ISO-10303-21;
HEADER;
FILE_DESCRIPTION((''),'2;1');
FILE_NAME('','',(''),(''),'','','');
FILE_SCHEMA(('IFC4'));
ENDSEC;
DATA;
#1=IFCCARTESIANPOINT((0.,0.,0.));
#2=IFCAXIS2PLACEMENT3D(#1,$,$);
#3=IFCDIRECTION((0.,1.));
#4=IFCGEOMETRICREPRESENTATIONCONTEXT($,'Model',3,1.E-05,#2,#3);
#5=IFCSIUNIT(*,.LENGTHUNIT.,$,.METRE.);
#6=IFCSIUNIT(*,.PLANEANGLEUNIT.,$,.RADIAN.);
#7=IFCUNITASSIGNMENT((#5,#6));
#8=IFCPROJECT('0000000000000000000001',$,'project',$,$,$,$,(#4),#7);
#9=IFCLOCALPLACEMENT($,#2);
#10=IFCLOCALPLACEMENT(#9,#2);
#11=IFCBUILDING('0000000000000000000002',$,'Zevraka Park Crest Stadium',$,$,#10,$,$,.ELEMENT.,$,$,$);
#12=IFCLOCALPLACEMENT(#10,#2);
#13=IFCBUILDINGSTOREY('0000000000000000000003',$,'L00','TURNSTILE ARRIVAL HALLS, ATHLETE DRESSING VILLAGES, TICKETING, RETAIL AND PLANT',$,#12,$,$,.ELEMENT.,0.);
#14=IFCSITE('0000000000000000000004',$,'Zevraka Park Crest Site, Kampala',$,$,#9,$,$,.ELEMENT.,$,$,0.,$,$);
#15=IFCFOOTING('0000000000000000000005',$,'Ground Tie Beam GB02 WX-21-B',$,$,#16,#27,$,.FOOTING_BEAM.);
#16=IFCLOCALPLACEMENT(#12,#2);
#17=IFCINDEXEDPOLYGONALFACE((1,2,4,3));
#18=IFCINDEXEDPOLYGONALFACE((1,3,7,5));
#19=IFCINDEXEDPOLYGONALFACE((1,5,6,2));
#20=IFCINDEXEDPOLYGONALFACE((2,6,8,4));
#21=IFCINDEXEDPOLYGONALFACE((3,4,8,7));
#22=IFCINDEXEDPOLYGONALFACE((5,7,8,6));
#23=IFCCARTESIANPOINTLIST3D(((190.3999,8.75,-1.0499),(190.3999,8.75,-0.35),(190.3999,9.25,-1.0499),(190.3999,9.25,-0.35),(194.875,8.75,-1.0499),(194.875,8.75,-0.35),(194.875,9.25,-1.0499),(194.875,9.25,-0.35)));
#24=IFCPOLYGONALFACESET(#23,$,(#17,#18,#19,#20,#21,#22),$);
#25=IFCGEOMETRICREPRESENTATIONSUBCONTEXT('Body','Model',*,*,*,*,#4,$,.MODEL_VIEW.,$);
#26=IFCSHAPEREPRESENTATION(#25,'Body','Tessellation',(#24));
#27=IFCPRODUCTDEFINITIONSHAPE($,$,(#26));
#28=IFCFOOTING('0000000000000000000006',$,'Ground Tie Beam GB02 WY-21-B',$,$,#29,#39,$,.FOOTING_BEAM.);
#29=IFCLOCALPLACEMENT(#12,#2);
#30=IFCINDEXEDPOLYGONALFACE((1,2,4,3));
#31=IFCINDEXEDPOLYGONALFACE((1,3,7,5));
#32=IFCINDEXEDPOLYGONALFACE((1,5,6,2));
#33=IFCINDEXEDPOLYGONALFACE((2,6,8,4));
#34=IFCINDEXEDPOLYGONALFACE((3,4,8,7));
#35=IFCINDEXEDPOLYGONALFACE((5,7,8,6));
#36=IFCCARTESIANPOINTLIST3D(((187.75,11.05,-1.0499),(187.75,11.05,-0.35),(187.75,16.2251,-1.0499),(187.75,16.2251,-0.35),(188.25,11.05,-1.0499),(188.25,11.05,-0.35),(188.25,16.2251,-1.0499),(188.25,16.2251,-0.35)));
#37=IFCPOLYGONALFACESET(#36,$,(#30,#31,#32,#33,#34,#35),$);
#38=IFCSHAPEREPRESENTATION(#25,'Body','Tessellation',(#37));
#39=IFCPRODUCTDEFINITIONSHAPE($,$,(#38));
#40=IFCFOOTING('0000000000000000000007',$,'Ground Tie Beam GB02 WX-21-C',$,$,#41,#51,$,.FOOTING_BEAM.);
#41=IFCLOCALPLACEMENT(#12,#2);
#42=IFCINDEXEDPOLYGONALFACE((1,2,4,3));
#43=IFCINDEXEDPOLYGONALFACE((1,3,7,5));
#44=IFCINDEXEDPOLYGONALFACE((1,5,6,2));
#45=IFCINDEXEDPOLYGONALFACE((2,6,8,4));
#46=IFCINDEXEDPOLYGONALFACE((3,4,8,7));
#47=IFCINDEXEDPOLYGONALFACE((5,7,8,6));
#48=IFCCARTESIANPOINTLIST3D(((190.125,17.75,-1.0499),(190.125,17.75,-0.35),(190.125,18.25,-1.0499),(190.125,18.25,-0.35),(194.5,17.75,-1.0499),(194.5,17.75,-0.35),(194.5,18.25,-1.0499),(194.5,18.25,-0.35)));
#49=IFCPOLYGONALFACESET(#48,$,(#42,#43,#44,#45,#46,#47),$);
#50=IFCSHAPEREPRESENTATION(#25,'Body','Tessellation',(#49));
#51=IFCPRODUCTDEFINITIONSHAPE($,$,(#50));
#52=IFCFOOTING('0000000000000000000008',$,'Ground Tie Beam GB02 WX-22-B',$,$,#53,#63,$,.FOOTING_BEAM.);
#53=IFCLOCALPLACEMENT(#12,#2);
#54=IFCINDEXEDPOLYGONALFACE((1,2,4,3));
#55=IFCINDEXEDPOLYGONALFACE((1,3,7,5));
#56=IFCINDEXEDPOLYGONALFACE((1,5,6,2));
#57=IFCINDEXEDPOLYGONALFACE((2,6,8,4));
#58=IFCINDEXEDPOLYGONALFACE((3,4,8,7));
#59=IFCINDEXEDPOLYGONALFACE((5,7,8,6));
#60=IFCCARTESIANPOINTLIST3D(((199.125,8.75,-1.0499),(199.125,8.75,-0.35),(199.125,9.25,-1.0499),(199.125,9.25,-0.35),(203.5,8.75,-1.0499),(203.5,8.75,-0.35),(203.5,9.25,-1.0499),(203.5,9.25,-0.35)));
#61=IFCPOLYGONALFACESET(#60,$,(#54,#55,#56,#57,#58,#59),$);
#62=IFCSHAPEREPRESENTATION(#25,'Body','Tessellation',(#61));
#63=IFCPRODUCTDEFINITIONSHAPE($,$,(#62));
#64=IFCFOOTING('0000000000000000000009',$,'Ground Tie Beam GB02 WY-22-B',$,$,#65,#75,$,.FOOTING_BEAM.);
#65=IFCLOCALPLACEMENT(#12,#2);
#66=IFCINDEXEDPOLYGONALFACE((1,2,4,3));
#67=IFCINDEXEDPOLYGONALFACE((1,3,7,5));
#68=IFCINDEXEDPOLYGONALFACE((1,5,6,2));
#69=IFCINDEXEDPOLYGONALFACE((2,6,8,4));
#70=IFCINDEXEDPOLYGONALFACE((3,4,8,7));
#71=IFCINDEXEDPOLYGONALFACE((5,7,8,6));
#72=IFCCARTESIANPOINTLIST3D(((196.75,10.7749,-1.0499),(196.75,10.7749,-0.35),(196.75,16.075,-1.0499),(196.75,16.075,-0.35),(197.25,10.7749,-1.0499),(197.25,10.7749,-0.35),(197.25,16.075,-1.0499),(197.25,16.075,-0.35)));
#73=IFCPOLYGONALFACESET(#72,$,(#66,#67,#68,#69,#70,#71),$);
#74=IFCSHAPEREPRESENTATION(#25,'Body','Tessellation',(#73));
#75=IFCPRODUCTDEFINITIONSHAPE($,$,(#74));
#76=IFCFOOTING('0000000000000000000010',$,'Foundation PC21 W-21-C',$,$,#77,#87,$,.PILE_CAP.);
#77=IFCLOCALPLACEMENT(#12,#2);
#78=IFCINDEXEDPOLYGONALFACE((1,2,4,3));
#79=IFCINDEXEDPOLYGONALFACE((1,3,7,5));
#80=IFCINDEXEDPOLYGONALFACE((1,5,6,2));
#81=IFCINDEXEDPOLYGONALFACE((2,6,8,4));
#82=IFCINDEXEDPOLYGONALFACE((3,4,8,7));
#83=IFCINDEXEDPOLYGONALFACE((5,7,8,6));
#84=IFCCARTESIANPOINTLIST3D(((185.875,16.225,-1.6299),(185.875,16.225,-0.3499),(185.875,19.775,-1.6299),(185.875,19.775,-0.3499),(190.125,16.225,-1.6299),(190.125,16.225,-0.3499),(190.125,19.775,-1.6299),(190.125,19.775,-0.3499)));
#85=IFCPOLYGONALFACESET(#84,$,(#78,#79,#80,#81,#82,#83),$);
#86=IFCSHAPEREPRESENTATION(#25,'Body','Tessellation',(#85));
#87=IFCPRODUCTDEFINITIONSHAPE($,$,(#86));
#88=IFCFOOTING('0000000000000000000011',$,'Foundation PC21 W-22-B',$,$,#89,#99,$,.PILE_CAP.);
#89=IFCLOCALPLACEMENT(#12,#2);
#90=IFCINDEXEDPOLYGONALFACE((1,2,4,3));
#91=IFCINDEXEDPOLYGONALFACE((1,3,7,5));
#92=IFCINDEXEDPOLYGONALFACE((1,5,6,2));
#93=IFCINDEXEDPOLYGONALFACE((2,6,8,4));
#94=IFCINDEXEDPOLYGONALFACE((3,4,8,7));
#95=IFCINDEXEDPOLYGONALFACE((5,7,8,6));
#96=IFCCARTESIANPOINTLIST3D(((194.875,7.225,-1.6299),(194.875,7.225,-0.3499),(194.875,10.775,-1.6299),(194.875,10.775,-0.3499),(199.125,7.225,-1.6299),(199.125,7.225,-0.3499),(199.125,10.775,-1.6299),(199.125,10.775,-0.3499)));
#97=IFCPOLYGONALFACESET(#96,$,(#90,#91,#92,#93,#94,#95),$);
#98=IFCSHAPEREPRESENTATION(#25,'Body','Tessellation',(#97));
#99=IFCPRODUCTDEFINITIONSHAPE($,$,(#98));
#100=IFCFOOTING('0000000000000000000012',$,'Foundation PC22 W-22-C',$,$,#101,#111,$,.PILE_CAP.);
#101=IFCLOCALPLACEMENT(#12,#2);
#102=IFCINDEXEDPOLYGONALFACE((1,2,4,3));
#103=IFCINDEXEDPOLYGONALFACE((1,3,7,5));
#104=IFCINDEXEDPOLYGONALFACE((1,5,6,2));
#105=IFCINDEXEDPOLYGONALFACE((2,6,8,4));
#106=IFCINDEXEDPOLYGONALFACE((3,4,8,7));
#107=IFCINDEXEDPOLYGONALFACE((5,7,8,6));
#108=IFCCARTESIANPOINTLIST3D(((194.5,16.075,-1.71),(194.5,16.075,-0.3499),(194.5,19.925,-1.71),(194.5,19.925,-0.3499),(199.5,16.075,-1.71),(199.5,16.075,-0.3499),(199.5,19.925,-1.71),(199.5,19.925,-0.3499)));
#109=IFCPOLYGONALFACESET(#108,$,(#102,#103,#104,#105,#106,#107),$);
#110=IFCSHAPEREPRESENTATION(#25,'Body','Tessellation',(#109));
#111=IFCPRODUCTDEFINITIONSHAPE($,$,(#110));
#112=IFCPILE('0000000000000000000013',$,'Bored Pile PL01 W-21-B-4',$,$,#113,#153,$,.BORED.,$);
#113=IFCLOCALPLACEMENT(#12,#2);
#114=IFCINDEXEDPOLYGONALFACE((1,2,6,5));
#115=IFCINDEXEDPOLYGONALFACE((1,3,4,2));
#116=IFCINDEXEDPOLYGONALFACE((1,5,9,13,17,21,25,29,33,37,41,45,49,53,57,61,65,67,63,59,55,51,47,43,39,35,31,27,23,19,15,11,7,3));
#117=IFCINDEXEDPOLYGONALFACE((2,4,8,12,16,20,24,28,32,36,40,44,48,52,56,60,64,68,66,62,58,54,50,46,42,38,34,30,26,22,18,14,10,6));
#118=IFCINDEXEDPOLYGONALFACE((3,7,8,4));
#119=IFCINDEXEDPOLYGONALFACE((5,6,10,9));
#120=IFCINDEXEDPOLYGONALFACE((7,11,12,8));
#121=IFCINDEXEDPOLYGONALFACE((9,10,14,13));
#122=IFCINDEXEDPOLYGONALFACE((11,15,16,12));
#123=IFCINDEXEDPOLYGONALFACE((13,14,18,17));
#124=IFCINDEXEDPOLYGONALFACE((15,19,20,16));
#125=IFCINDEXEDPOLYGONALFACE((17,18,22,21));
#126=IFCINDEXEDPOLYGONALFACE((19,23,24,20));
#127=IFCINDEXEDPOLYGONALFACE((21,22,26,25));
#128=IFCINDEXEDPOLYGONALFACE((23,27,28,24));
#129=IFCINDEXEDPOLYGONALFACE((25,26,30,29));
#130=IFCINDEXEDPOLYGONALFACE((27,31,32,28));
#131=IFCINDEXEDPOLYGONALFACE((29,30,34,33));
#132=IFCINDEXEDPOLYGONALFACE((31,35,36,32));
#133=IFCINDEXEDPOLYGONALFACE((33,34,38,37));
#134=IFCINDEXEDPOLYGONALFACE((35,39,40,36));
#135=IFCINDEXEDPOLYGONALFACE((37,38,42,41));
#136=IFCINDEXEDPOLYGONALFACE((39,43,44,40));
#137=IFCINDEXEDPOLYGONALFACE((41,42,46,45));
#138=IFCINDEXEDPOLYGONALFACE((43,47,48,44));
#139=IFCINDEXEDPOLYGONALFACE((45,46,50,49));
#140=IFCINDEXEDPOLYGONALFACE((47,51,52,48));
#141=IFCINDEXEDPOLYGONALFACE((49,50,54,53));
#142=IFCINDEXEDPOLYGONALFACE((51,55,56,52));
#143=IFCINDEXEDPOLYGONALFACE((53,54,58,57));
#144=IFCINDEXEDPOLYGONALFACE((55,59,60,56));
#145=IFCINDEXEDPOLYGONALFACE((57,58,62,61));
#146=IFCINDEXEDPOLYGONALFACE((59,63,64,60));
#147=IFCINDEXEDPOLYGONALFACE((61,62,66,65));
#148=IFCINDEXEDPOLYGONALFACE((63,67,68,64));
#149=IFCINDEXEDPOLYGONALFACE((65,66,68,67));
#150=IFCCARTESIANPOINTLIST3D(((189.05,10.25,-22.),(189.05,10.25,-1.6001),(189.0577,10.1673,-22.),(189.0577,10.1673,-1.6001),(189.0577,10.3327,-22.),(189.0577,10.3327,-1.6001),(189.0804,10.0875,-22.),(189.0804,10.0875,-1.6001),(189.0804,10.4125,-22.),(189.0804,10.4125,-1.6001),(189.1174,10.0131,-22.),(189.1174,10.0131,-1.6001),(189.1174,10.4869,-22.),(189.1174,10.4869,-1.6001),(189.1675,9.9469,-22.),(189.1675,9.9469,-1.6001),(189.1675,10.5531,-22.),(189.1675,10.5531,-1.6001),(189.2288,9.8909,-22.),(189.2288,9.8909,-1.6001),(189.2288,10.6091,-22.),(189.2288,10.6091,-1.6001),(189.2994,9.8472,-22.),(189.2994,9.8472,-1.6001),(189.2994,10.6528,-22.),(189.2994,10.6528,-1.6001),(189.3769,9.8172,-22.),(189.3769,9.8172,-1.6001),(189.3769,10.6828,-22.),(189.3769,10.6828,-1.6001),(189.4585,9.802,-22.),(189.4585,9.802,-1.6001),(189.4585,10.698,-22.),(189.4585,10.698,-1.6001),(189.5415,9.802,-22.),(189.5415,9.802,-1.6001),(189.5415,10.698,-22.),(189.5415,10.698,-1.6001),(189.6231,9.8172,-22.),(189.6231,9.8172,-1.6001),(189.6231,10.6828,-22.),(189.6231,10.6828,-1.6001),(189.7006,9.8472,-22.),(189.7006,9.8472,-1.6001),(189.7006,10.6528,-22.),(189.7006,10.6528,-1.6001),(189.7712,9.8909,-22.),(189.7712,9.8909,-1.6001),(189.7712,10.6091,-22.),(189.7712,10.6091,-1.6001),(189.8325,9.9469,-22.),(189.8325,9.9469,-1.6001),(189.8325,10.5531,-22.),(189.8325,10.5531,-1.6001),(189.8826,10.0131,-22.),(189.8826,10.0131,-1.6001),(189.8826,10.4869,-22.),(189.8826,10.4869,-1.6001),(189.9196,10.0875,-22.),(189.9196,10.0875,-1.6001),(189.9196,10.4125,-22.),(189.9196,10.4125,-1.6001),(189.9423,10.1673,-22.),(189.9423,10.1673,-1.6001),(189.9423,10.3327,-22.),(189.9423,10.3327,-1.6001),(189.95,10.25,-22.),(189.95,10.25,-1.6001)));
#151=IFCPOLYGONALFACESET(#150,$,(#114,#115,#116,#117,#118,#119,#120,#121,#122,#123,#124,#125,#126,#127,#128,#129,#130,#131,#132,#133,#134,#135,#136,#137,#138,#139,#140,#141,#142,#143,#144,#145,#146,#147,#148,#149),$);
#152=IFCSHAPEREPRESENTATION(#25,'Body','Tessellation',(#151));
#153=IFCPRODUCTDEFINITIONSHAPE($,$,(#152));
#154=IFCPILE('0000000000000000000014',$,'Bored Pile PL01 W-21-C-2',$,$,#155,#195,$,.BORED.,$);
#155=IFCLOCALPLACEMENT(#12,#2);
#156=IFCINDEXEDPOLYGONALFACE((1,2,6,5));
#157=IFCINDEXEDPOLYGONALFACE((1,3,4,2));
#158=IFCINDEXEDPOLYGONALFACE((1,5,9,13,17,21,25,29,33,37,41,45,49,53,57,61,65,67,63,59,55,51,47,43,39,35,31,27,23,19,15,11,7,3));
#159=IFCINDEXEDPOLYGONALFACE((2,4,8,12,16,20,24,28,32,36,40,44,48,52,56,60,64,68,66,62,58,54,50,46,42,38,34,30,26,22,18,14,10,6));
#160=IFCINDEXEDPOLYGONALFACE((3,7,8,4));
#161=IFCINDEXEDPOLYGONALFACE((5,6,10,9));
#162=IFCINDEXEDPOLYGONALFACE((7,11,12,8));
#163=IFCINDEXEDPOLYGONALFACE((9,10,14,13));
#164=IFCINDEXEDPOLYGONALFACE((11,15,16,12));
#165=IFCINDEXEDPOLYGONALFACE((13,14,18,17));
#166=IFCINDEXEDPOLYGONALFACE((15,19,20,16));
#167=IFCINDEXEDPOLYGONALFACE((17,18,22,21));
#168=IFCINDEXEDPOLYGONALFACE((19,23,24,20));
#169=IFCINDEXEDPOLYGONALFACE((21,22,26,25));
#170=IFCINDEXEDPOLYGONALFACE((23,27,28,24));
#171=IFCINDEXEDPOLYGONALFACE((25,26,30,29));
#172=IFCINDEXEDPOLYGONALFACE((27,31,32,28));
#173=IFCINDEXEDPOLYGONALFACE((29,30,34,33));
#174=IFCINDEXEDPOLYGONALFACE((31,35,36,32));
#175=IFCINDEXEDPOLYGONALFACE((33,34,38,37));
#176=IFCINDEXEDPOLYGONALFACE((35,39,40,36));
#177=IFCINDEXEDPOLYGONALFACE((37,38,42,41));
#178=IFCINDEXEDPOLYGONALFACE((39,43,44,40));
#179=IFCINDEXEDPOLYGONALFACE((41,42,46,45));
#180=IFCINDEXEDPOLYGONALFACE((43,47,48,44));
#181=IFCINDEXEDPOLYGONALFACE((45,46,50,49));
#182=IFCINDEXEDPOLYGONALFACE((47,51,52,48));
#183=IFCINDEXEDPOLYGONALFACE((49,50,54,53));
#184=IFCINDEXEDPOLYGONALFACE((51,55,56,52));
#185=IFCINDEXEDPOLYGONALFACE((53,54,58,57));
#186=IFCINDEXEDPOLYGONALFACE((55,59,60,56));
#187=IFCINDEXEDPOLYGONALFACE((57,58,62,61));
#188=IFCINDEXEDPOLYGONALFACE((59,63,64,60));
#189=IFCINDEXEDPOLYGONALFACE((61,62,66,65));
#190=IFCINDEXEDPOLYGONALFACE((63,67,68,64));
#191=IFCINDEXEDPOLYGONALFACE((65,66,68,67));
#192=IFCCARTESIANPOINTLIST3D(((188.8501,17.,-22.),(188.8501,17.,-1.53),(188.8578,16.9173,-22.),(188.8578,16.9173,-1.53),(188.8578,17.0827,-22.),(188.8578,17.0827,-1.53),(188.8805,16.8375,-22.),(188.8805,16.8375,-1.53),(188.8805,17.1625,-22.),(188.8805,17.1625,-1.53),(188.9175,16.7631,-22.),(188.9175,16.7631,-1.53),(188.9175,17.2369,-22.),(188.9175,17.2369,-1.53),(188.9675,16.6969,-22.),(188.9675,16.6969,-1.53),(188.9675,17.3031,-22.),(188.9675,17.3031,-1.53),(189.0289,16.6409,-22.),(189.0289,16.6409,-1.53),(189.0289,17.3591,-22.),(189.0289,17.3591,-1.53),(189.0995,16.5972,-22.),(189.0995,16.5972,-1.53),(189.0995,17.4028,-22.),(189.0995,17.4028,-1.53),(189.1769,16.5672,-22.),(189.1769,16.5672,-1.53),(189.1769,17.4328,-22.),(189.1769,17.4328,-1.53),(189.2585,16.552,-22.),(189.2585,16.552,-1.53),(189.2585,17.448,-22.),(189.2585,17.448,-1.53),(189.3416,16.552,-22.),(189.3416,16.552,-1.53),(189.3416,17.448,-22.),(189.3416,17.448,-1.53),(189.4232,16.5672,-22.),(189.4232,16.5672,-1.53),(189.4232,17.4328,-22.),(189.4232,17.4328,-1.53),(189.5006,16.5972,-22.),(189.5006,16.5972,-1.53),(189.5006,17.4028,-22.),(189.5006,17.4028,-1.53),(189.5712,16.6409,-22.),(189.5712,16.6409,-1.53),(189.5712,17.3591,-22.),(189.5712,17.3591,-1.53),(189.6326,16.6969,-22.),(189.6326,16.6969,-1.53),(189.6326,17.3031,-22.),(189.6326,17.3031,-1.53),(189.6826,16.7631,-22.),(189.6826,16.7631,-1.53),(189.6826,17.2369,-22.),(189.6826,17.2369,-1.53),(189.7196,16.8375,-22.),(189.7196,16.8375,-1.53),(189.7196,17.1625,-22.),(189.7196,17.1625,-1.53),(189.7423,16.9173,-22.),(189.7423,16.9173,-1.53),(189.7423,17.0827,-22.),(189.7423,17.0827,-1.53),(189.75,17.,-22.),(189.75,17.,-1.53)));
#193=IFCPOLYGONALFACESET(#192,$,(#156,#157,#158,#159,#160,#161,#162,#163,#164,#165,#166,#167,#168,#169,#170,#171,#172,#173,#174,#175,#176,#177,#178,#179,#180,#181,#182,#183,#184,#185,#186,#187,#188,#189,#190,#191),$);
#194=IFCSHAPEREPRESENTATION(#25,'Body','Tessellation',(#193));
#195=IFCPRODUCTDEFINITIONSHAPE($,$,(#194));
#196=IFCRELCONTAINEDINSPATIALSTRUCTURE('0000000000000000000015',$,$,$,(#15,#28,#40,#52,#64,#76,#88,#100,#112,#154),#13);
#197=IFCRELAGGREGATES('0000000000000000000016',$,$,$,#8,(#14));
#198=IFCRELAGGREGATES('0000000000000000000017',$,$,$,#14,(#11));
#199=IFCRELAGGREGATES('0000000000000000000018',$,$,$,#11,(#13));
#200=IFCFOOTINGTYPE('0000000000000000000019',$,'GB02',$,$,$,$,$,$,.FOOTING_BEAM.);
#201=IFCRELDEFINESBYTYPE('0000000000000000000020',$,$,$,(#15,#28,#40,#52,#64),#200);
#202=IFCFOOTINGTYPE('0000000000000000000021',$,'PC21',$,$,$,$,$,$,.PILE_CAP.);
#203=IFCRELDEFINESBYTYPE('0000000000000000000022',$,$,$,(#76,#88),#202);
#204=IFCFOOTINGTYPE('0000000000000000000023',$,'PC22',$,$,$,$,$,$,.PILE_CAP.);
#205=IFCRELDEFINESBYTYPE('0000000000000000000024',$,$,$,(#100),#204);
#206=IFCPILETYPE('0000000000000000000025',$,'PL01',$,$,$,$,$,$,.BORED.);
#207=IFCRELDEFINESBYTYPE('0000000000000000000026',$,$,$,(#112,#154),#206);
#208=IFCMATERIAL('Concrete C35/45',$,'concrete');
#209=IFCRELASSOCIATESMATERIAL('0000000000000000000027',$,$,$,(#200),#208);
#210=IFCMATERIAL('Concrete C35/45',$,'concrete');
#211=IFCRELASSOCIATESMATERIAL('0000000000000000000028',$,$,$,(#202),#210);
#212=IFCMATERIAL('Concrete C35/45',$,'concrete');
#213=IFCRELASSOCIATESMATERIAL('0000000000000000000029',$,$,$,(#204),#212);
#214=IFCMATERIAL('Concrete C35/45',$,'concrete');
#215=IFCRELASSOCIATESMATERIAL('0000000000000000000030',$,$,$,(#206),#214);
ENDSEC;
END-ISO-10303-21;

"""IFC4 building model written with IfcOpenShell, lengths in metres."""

from ifc_helpers import new_model, si_unit, direction, frame, origin, origin_2d, place, context, subcontext, project, spatial, rectangle, circle, extrude, material, material_profile, profile_set, type_object, element, save


model = new_model("IFC4")

# Units and contexts
model_context = context("Model", 3, precision=1e-05, world=origin(), true_north=direction((0.0, 1.0)))
body_context = subcontext(model_context, "Body", "Model", "MODEL_VIEW")
ifc_project = project(units=[si_unit("LENGTHUNIT", "METRE"), si_unit("PLANEANGLEUNIT", "RADIAN")], contexts=[model_context])

# Site, building, storey
site_placement = place(None, origin())
site = spatial("IfcSite", under=ifc_project, at=site_placement, Name="Zevraka Park Crest Site, Kampala", CompositionType="ELEMENT", RefElevation=0.0)
building_placement = place(site_placement, origin())
building = spatial("IfcBuilding", under=site, at=building_placement, Name="Zevraka Park Crest Stadium", CompositionType="ELEMENT")
storey_placement = place(building_placement, origin())
storey = spatial("IfcBuildingStorey", under=building, at=storey_placement, Name="L00", Description="TURNSTILE ARRIVAL HALLS, ATHLETE DRESSING VILLAGES, TICKETING, RETAIL AND PLANT", CompositionType="ELEMENT", Elevation=0.0)

# Footings
ifc_material_1 = material(Name="Concrete C35/45", Category="concrete")
ifc_material_profile_1 = material_profile(ifc_material_1, rectangle(XDim=0.5, YDim=0.7, at=origin_2d()), Name="GB 700x500")
ifc_profile_set_1 = profile_set([ifc_material_profile_1], Name="Concrete C35/45")
footing_type_1 = type_object("IfcFootingType", Name="GB02", PredefinedType="FOOTING_BEAM", material=ifc_profile_set_1)
footing_1_placement = place(storey_placement, frame((190.3999, 9.0, -0.7), z_axis=(1.0, 0.0, 0.0), x_axis=(0.0, 1.0, 0.0)))
element("IfcFooting", 1, at=footing_1_placement, inside=storey, type_object=footing_type_1, Name="Ground Tie Beam GB02 WX-21-B", PredefinedType="FOOTING_BEAM", context=body_context, shape_type="SweptSolid", body=[
    extrude(rectangle(XDim=0.5, YDim=0.7, at=origin_2d()), origin(), (0.0, 0.0, 1.0), 4.4751),
])
footing_2_placement = place(storey_placement, frame((188.0, 11.05, -0.7), z_axis=(0.0, 1.0, 0.0), x_axis=(-1.0, 0.0, 0.0)))
element("IfcFooting", 2, at=footing_2_placement, inside=storey, type_object=footing_type_1, Name="Ground Tie Beam GB02 WY-21-B", PredefinedType="FOOTING_BEAM", context=body_context, shape_type="SweptSolid", body=[
    extrude(rectangle(XDim=0.5, YDim=0.7, at=origin_2d()), origin(), (0.0, 0.0, 1.0), 5.175),
])
for number, where, z_axis, x_axis, name in (
    (3, (190.125, 18.0, -0.7), (1.0, 0.0, 0.0), (0.0, 1.0, 0.0), "Ground Tie Beam GB02 WX-21-C"),
    (4, (199.125, 9.0, -0.7), (1.0, 0.0, 0.0), (0.0, 1.0, 0.0), "Ground Tie Beam GB02 WX-22-B"),
):
    element("IfcFooting", number, at=place(storey_placement, frame(where, z_axis=z_axis, x_axis=x_axis)), inside=storey, type_object=footing_type_1, Name=name, PredefinedType="FOOTING_BEAM", context=body_context, shape_type="SweptSolid", body=[
        extrude(rectangle(XDim=0.5, YDim=0.7, at=origin_2d()), origin(), (0.0, 0.0, 1.0), 4.375),
    ])
footing_3_placement = place(storey_placement, frame((197.0, 10.7749, -0.7), z_axis=(0.0, 1.0, 0.0), x_axis=(-1.0, 0.0, 0.0)))
element("IfcFooting", 5, at=footing_3_placement, inside=storey, type_object=footing_type_1, Name="Ground Tie Beam GB02 WY-22-B", PredefinedType="FOOTING_BEAM", context=body_context, shape_type="SweptSolid", body=[
    extrude(rectangle(XDim=0.5, YDim=0.7, at=origin_2d()), origin(), (0.0, 0.0, 1.0), 5.3),
])
ifc_material_2 = material(Name="Concrete C35/45", Category="concrete")
footing_type_2 = type_object("IfcFootingType", Name="PC21", PredefinedType="PILE_CAP", material=ifc_material_2)
for number, where, z_axis, x_axis, name in (
    (6, (188.0, 18.0, -1.6299), (0.0, 0.0, 1.0), (1.0, 0.0, 0.0), "Foundation PC21 W-21-C"),
    (7, (197.0, 9.0, -1.6299), (0.0, 0.0, 1.0), (1.0, 0.0, 0.0), "Foundation PC21 W-22-B"),
):
    element("IfcFooting", number, at=place(storey_placement, frame(where, z_axis=z_axis, x_axis=x_axis)), inside=storey, type_object=footing_type_2, Name=name, PredefinedType="PILE_CAP", context=body_context, shape_type="SweptSolid", body=[
        extrude(rectangle(XDim=4.25, YDim=3.55, at=origin_2d()), origin(), (0.0, 0.0, 1.0), 1.28),
    ])
ifc_material_3 = material(Name="Concrete C35/45", Category="concrete")
footing_type_3 = type_object("IfcFootingType", Name="PC22", PredefinedType="PILE_CAP", material=ifc_material_3)
footing_4_placement = place(storey_placement, frame((197.0, 18.0, -1.71), z_axis=(0.0, 0.0, 1.0), x_axis=(1.0, 0.0, 0.0)))
element("IfcFooting", 8, at=footing_4_placement, inside=storey, type_object=footing_type_3, Name="Foundation PC22 W-22-C", PredefinedType="PILE_CAP", context=body_context, shape_type="SweptSolid", body=[
    extrude(rectangle(XDim=5.0, YDim=3.8501, at=origin_2d()), origin(), (0.0, 0.0, 1.0), 1.3601),
])

# Piles
ifc_material_4 = material(Name="Concrete C35/45", Category="concrete")
ifc_material_profile_2 = material_profile(ifc_material_4, circle(Radius=0.45, at=origin_2d()), Name="PILE D900")
ifc_profile_set_2 = profile_set([ifc_material_profile_2], Name="Concrete C35/45")
pile_type = type_object("IfcPileType", Name="PL01", PredefinedType="BORED", material=ifc_profile_set_2)
pile_placement = place(storey_placement, frame((189.5, 10.25, -1.6001), z_axis=(0.0, 0.0, -1.0), x_axis=(1.0, 0.0, 0.0)))
element("IfcPile", 9, at=pile_placement, inside=storey, type_object=pile_type, Name="Bored Pile PL01 W-21-B-4", PredefinedType="BORED", context=body_context, shape_type="SweptSolid", body=[
    extrude(circle(Radius=0.45, at=origin_2d()), origin(), (0.0, 0.0, 1.0), 20.3999),
])
for number, where, z_axis, x_axis, name in (
    (10, (189.3, 17.0, -1.53), (0.0, 0.0, -1.0), (1.0, 0.0, 0.0), "Bored Pile PL01 W-21-C-2"),
):
    element("IfcPile", number, at=place(storey_placement, frame(where, z_axis=z_axis, x_axis=x_axis)), inside=storey, type_object=pile_type, Name=name, PredefinedType="BORED", context=body_context, shape_type="SweptSolid", body=[
        extrude(circle(Radius=0.45, at=origin_2d()), origin(), (0.0, 0.0, 1.0), 20.47),
    ])

save(model, "model.ifc")
